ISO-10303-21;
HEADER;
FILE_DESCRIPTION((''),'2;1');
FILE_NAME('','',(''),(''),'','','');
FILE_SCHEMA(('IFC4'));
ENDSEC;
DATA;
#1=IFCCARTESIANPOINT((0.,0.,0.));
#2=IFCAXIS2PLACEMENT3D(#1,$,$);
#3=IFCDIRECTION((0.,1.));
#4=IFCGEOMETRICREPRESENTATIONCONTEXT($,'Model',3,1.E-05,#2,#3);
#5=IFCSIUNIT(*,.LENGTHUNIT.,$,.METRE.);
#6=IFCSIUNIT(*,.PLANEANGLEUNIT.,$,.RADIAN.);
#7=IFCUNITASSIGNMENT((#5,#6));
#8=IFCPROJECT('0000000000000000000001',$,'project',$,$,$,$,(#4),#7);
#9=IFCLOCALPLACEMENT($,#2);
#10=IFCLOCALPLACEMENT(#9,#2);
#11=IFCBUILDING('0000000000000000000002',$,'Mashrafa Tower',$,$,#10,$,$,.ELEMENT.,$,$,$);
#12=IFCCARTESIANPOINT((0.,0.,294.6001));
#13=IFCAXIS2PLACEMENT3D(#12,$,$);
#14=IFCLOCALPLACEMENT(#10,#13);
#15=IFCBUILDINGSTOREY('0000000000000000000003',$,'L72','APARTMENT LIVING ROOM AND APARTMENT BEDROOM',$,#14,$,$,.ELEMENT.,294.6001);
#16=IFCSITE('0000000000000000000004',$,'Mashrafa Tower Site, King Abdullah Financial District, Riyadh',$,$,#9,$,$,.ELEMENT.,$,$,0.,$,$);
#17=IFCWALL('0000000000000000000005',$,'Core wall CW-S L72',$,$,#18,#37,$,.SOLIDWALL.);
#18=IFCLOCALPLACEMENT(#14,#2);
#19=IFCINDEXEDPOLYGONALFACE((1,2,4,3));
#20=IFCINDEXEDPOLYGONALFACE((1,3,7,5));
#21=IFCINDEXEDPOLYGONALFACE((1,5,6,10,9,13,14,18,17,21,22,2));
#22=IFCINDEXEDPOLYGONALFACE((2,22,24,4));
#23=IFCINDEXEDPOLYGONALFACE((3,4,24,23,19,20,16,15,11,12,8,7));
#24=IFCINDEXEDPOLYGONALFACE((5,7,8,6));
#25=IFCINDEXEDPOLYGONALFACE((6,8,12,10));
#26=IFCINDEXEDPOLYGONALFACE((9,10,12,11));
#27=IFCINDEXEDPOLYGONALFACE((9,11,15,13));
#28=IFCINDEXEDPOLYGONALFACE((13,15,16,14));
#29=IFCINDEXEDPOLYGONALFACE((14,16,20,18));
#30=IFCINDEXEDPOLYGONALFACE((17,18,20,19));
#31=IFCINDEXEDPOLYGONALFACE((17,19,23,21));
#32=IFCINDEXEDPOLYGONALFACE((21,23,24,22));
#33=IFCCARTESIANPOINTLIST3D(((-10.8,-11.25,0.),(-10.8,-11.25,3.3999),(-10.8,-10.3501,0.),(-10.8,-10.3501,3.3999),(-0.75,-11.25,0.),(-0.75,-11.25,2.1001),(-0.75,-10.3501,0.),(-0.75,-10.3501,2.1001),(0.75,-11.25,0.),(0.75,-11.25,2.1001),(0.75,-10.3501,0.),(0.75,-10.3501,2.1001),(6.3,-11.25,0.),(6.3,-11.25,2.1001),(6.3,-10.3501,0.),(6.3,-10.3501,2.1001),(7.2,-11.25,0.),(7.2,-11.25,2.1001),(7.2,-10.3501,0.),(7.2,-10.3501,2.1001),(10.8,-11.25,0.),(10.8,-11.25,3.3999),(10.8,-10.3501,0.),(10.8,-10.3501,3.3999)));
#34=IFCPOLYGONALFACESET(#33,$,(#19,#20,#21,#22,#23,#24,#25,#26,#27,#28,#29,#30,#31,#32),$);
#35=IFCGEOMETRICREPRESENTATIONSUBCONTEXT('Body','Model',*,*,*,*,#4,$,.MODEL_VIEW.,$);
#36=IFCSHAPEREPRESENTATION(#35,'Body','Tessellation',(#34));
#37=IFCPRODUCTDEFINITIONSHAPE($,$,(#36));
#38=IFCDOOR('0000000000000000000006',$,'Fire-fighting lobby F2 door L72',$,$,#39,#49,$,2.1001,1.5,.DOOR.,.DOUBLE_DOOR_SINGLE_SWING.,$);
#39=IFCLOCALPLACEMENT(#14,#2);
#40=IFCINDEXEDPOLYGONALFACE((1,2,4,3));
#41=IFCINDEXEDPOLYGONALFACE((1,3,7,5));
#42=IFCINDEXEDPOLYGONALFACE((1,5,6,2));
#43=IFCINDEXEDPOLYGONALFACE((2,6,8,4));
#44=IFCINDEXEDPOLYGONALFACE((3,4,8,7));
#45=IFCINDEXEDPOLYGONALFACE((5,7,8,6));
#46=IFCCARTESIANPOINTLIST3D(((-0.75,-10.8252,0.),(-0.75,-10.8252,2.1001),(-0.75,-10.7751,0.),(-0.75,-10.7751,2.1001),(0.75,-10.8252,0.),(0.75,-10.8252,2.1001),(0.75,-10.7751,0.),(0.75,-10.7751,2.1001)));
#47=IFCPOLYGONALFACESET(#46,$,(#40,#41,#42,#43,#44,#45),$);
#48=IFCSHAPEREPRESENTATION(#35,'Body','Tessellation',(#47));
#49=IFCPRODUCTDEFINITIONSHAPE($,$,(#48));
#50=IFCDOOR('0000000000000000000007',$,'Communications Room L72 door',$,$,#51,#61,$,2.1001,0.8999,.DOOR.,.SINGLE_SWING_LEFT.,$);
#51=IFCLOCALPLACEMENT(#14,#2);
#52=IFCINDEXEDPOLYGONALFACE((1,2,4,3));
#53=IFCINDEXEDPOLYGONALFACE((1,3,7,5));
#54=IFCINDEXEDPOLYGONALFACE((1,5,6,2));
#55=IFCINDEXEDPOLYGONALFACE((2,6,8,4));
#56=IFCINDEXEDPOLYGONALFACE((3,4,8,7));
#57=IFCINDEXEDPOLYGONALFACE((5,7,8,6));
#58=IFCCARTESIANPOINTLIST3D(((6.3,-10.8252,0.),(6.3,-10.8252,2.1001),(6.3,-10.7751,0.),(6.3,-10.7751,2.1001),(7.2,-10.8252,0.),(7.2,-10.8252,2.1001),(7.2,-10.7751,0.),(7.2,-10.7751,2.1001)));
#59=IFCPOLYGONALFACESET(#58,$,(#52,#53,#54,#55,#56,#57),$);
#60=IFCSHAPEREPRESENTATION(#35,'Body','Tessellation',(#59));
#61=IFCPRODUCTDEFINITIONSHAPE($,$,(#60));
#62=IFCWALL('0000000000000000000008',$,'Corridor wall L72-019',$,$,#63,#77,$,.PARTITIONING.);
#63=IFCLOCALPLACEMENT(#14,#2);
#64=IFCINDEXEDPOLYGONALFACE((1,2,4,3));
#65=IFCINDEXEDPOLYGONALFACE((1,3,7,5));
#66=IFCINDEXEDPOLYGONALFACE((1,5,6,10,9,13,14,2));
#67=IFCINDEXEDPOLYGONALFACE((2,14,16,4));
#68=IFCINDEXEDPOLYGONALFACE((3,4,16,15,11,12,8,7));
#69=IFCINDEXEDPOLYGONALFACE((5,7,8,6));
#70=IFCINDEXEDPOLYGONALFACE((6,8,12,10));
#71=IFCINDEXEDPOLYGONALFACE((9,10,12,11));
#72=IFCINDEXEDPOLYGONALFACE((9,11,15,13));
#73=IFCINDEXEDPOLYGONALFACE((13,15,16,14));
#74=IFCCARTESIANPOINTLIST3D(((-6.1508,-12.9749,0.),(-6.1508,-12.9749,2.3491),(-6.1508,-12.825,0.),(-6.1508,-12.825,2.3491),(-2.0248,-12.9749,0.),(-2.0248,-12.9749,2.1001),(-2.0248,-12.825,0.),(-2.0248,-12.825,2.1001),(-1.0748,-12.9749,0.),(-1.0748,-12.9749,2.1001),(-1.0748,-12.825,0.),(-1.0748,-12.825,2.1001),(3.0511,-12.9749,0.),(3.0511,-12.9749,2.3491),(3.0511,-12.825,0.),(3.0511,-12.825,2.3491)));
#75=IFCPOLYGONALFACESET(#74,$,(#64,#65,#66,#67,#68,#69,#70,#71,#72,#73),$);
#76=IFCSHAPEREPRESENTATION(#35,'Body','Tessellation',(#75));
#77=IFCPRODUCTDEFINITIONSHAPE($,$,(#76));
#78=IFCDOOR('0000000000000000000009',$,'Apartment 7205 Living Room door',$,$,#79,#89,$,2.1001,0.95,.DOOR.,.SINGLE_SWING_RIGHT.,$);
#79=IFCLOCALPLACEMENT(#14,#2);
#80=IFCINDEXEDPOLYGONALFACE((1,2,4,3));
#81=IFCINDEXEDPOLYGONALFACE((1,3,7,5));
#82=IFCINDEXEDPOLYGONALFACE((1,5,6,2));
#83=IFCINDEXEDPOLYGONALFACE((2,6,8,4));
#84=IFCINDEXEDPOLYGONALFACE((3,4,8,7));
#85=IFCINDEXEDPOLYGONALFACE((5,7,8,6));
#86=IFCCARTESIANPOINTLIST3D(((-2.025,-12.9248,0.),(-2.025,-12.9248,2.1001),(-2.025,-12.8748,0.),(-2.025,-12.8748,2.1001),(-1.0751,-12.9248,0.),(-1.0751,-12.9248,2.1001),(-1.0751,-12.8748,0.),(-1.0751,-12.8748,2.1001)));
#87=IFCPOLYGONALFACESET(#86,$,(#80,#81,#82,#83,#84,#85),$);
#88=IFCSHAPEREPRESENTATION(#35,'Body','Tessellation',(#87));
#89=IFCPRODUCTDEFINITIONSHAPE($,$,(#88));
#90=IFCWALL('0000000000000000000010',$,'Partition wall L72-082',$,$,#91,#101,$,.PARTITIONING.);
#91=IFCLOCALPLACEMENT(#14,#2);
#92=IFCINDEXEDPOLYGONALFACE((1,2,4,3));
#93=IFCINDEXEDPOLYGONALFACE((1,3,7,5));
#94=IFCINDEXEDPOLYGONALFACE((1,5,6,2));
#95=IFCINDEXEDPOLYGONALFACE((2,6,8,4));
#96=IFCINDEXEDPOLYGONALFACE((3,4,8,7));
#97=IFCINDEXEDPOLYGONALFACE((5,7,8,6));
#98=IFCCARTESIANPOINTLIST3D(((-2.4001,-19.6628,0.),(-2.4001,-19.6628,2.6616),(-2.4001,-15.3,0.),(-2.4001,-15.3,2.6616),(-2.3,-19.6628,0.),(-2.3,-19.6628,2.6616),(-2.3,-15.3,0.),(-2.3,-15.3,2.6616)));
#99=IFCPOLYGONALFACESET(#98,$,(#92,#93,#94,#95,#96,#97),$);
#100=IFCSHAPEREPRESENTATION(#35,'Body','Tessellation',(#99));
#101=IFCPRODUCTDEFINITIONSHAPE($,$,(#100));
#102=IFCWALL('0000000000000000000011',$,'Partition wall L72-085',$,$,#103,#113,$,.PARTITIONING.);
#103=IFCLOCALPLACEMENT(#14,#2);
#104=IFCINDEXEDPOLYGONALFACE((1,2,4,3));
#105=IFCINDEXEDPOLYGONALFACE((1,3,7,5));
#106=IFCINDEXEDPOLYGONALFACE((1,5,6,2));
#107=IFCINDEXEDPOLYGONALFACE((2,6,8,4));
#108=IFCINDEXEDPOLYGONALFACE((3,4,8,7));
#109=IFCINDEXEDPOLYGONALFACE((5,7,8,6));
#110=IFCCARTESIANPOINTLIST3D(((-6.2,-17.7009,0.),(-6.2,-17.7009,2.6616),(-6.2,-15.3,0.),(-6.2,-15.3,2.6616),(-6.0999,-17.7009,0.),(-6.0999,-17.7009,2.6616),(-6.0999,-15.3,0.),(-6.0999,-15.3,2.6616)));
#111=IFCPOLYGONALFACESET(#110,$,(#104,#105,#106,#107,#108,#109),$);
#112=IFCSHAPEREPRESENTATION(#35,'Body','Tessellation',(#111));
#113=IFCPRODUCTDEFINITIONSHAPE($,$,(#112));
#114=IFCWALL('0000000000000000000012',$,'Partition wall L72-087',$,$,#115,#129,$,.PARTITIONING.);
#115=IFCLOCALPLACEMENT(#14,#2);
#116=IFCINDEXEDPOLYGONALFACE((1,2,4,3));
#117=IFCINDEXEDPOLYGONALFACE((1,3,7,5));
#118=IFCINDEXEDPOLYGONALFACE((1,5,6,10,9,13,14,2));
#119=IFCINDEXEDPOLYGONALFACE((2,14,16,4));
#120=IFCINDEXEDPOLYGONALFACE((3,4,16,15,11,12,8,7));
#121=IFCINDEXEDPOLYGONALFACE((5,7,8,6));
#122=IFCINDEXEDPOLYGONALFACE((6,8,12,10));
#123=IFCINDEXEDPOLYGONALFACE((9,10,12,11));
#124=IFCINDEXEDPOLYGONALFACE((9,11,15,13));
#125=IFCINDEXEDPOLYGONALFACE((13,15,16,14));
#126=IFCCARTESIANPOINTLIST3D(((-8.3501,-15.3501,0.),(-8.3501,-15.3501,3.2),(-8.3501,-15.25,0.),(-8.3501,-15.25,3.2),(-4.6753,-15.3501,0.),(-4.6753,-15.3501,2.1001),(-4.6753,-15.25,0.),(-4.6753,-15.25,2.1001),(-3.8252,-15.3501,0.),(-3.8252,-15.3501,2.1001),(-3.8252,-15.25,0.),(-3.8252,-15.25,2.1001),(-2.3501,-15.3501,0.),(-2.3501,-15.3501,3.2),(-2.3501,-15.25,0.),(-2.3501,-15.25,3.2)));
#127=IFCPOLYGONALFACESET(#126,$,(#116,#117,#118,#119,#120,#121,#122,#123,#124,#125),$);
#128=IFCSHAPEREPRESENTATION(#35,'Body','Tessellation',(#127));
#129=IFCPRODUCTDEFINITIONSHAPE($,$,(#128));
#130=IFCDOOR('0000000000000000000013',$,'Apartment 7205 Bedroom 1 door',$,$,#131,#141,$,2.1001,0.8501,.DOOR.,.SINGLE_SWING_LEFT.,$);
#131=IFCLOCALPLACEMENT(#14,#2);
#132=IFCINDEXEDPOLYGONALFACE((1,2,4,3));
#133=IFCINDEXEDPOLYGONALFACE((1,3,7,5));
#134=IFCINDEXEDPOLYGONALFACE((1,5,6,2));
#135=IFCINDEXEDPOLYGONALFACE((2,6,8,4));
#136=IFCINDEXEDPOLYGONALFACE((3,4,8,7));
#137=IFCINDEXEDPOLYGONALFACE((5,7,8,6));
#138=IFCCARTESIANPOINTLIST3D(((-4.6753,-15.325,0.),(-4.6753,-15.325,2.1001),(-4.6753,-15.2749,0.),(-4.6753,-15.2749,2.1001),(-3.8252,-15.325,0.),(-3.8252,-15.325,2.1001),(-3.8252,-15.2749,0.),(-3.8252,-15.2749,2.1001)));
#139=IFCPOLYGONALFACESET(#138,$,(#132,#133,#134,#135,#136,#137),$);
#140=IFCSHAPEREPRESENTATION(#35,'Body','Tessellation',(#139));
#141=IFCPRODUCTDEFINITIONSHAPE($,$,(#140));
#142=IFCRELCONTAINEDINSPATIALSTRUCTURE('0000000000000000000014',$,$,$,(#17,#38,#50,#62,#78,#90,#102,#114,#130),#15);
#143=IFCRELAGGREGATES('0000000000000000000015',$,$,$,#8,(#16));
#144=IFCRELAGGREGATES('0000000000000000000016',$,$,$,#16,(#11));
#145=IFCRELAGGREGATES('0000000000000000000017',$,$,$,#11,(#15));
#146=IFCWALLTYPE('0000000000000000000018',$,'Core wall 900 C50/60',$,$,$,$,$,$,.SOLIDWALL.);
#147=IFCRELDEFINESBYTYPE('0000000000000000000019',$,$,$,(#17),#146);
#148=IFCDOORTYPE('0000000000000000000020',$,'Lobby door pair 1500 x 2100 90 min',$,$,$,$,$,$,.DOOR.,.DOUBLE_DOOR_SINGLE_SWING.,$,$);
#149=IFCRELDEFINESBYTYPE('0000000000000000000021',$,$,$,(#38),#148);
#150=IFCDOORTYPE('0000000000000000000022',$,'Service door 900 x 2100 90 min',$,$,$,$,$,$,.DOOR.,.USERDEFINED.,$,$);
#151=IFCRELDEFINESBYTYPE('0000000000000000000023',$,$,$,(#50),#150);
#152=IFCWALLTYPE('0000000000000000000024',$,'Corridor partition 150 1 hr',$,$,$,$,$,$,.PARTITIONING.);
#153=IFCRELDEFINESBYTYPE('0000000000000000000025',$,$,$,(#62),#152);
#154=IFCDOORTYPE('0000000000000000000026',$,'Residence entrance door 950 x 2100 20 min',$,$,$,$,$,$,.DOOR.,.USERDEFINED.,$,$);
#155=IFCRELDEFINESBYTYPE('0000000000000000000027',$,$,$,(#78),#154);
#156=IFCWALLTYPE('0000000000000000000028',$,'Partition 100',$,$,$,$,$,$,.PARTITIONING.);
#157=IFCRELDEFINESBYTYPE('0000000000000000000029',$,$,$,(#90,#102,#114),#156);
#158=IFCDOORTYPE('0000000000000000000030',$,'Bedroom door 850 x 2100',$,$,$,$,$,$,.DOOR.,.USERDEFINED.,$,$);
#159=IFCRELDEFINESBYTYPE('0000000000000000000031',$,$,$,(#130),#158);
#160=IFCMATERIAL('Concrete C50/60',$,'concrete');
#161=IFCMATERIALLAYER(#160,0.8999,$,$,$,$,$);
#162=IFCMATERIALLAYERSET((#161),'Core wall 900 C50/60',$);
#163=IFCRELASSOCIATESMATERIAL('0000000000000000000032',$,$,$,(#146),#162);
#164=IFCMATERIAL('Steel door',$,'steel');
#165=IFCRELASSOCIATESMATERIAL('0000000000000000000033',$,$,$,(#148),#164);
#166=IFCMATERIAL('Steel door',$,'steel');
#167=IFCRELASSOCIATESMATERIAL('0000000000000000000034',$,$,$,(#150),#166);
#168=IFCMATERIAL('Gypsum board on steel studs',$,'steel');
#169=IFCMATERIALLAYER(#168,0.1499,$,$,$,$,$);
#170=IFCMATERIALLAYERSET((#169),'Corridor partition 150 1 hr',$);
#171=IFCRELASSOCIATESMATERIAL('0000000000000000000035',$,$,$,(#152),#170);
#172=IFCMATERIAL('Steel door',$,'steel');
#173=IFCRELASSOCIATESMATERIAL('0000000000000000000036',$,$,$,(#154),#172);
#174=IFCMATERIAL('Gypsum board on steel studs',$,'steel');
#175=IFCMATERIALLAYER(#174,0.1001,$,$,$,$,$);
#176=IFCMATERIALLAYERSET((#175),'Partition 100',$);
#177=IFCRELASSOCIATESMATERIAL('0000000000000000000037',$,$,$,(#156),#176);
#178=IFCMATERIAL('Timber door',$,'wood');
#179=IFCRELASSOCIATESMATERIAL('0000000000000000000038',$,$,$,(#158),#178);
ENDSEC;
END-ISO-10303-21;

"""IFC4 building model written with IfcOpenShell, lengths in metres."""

from ifc_helpers import new_model, si_unit, direction, frame, frame_2d, origin, place, context, subcontext, project, spatial, rectangle, extrude, material, layer, layer_set, type_object, element, fill, save


model = new_model("IFC4")

# Units and contexts
model_context = context("Model", 3, precision=1e-05, world=origin(), true_north=direction((0.0, 1.0)))
body_context = subcontext(model_context, "Body", "Model", "MODEL_VIEW")
ifc_project = project(units=[si_unit("LENGTHUNIT", "METRE"), si_unit("PLANEANGLEUNIT", "RADIAN")], contexts=[model_context])

# Site, building, storey
site_placement = place(None, origin())
site = spatial("IfcSite", under=ifc_project, at=site_placement, Name="Mashrafa Tower Site, King Abdullah Financial District, Riyadh", CompositionType="ELEMENT", RefElevation=0.0)
building_placement = place(site_placement, origin())
building = spatial("IfcBuilding", under=site, at=building_placement, Name="Mashrafa Tower", CompositionType="ELEMENT")
storey_placement = place(building_placement, frame((0.0, 0.0, 294.6001)))
storey = spatial("IfcBuildingStorey", under=building, at=storey_placement, Name="L72", Description="APARTMENT LIVING ROOM AND APARTMENT BEDROOM", CompositionType="ELEMENT", Elevation=294.6001)

# Wall, openings, doors
ifc_material_1 = material(Name="Concrete C50/60", Category="concrete")
ifc_layer_1 = layer(ifc_material_1, 0.8999)
ifc_layer_set_1 = layer_set([ifc_layer_1], Name="Core wall 900 C50/60")
wall_type_1 = type_object("IfcWallType", Name="Core wall 900 C50/60", PredefinedType="SOLIDWALL", material=ifc_layer_set_1)
wall_1_placement = place(storey_placement, frame((-10.8, -10.8, 0.0), z_axis=(0.0, 0.0, 1.0), x_axis=(1.0, 0.0, 0.0)))
wall_1 = element("IfcWall", 1, at=wall_1_placement, inside=storey, type_object=wall_type_1, Name="Core wall CW-S L72", PredefinedType="SOLIDWALL", context=body_context, shape_type="SweptSolid", body=[
    extrude(rectangle(XDim=21.6001, YDim=0.8999, at=frame_2d((10.8, 0.0))), origin(), (0.0, 0.0, 1.0), 3.3999),
])
opening_1_placement = place(wall_1_placement, frame((10.05, 0.0, 0.0)))
opening_1 = element("IfcOpeningElement", 2, at=opening_1_placement, cuts=wall_1, PredefinedType="OPENING", context=body_context, shape_type="SweptSolid", body=[
    extrude(rectangle(XDim=1.5, YDim=2.1001, at=frame_2d((0.75, 1.05))), frame((0.0, 0.46, 0.0), z_axis=(0.0, -1.0, 0.0), x_axis=(1.0, 0.0, 0.0)), (0.0, 0.0, 1.0), 0.9199),
])
opening_2_placement = place(wall_1_placement, frame((17.1001, 0.0, 0.0)))
opening_2 = element("IfcOpeningElement", 3, at=opening_2_placement, cuts=wall_1, PredefinedType="OPENING", context=body_context, shape_type="SweptSolid", body=[
    extrude(rectangle(XDim=0.8999, YDim=2.1001, at=frame_2d((0.45, 1.05))), frame((0.0, 0.46, 0.0), z_axis=(0.0, -1.0, 0.0), x_axis=(1.0, 0.0, 0.0)), (0.0, 0.0, 1.0), 0.9199),
])
ifc_material_2 = material(Name="Steel door", Category="steel")
door_type_1 = type_object("IfcDoorType", Name="Lobby door pair 1500 x 2100 90 min", OperationType="DOUBLE_DOOR_SINGLE_SWING", PredefinedType="DOOR", material=ifc_material_2)
door_1_placement = place(opening_1_placement, origin())
door_1 = element("IfcDoor", 4, at=door_1_placement, inside=storey, type_object=door_type_1, Name="Fire-fighting lobby F2 door L72", OperationType="DOUBLE_DOOR_SINGLE_SWING", OverallHeight=2.1001, OverallWidth=1.5, PredefinedType="DOOR", context=body_context, shape_type="SweptSolid", body=[
    extrude(rectangle(XDim=1.5, YDim=2.1001, at=frame_2d((0.75, 1.05))), frame((0.0, 0.0249, 0.0), z_axis=(0.0, -1.0, 0.0), x_axis=(1.0, 0.0, 0.0)), (0.0, 0.0, 1.0), 0.05),
])
fill(opening_1, door_1)
ifc_material_3 = material(Name="Steel door", Category="steel")
door_type_2 = type_object("IfcDoorType", Name="Service door 900 x 2100 90 min", OperationType="USERDEFINED", PredefinedType="DOOR", material=ifc_material_3)
door_2_placement = place(opening_2_placement, origin())
door_2 = element("IfcDoor", 5, at=door_2_placement, inside=storey, type_object=door_type_2, Name="Communications Room L72 door", OperationType="SINGLE_SWING_LEFT", OverallHeight=2.1001, OverallWidth=0.8999, PredefinedType="DOOR", context=body_context, shape_type="SweptSolid", body=[
    extrude(rectangle(XDim=0.8999, YDim=2.1001, at=frame_2d((0.45, 1.05))), frame((0.0, 0.0249, 0.0), z_axis=(0.0, -1.0, 0.0), x_axis=(1.0, 0.0, 0.0)), (0.0, 0.0, 1.0), 0.05),
])
fill(opening_2, door_2)

# Wall, opening, door
ifc_material_4 = material(Name="Gypsum board on steel studs", Category="steel")
ifc_layer_2 = layer(ifc_material_4, 0.1499)
ifc_layer_set_2 = layer_set([ifc_layer_2], Name="Corridor partition 150 1 hr")
wall_type_2 = type_object("IfcWallType", Name="Corridor partition 150 1 hr", PredefinedType="PARTITIONING", material=ifc_layer_set_2)
wall_2_placement = place(storey_placement, frame((-6.1509, -12.8999, 0.0), z_axis=(0.0, 0.0, 1.0), x_axis=(1.0, 0.0, 0.0)))
wall_2 = element("IfcWall", 6, at=wall_2_placement, inside=storey, type_object=wall_type_2, Name="Corridor wall L72-019", PredefinedType="PARTITIONING", context=body_context, shape_type="SweptSolid", body=[
    extrude(rectangle(XDim=9.2019, YDim=0.1499, at=frame_2d((4.6011, 0.0))), origin(), (0.0, 0.0, 1.0), 2.3491),
])
opening_3_placement = place(wall_2_placement, frame((4.126, 0.0, 0.0)))
opening_3 = element("IfcOpeningElement", 7, at=opening_3_placement, cuts=wall_2, PredefinedType="OPENING", context=body_context, shape_type="SweptSolid", body=[
    extrude(rectangle(XDim=0.95, YDim=2.1001, at=frame_2d((0.4751, 1.05))), frame((0.0, 0.085, 0.0), z_axis=(0.0, -1.0, 0.0), x_axis=(1.0, 0.0, 0.0)), (0.0, 0.0, 1.0), 0.1699),
])
ifc_material_5 = material(Name="Steel door", Category="steel")
door_type_3 = type_object("IfcDoorType", Name="Residence entrance door 950 x 2100 20 min", OperationType="USERDEFINED", PredefinedType="DOOR", material=ifc_material_5)
door_3_placement = place(opening_3_placement, frame((0.95, 0.0, 0.0), z_axis=(0.0, 0.0, 1.0), x_axis=(-1.0, 0.0, 0.0)))
door_3 = element("IfcDoor", 8, at=door_3_placement, inside=storey, type_object=door_type_3, Name="Apartment 7205 Living Room door", OperationType="SINGLE_SWING_RIGHT", OverallHeight=2.1001, OverallWidth=0.95, PredefinedType="DOOR", context=body_context, shape_type="SweptSolid", body=[
    extrude(rectangle(XDim=0.95, YDim=2.1001, at=frame_2d((0.4751, 1.05))), frame((0.0, 0.0249, 0.0), z_axis=(0.0, -1.0, 0.0), x_axis=(1.0, 0.0, 0.0)), (0.0, 0.0, 1.0), 0.05),
])
fill(opening_3, door_3)

# Walls
ifc_material_6 = material(Name="Gypsum board on steel studs", Category="steel")
ifc_layer_3 = layer(ifc_material_6, 0.1001)
ifc_layer_set_3 = layer_set([ifc_layer_3], Name="Partition 100")
wall_type_3 = type_object("IfcWallType", Name="Partition 100", PredefinedType="PARTITIONING", material=ifc_layer_set_3)
wall_3_placement = place(storey_placement, frame((-2.3501, -15.3, 0.0), z_axis=(0.0, 0.0, 1.0), x_axis=(0.0, -1.0, 0.0)))
element("IfcWall", 9, at=wall_3_placement, inside=storey, type_object=wall_type_3, Name="Partition wall L72-082", PredefinedType="PARTITIONING", context=body_context, shape_type="SweptSolid", body=[
    extrude(rectangle(XDim=4.3628, YDim=0.1001, at=frame_2d((2.1814, 0.0))), origin(), (0.0, 0.0, 1.0), 2.6616),
])
wall_4_placement = place(storey_placement, frame((-6.1499, -15.3, 0.0), z_axis=(0.0, 0.0, 1.0), x_axis=(0.0, -1.0, 0.0)))
element("IfcWall", 10, at=wall_4_placement, inside=storey, type_object=wall_type_3, Name="Partition wall L72-085", PredefinedType="PARTITIONING", context=body_context, shape_type="SweptSolid", body=[
    extrude(rectangle(XDim=2.4009, YDim=0.1001, at=frame_2d((1.2004, 0.0))), origin(), (0.0, 0.0, 1.0), 2.6616),
])

# Wall, opening, door
wall_5_placement = place(storey_placement, frame((-2.3501, -15.3, 0.0), z_axis=(0.0, 0.0, 1.0), x_axis=(-1.0, 0.0, 0.0)))
wall_5 = element("IfcWall", 11, at=wall_5_placement, inside=storey, type_object=wall_type_3, Name="Partition wall L72-087", PredefinedType="PARTITIONING", context=body_context, shape_type="SweptSolid", body=[
    extrude(rectangle(XDim=6.0, YDim=0.1001, at=frame_2d((3.0, 0.0))), origin(), (0.0, 0.0, 1.0), 3.2),
])
opening_4_placement = place(wall_5_placement, frame((1.4751, 0.0, 0.0)))
opening_4 = element("IfcOpeningElement", 12, at=opening_4_placement, cuts=wall_5, PredefinedType="OPENING", context=body_context, shape_type="SweptSolid", body=[
    extrude(rectangle(XDim=0.8501, YDim=2.1001, at=frame_2d((0.425, 1.05))), frame((0.0, 0.0601, 0.0), z_axis=(0.0, -1.0, 0.0), x_axis=(1.0, 0.0, 0.0)), (0.0, 0.0, 1.0), 0.1201),
])
ifc_material_7 = material(Name="Timber door", Category="wood")
door_type_4 = type_object("IfcDoorType", Name="Bedroom door 850 x 2100", OperationType="USERDEFINED", PredefinedType="DOOR", material=ifc_material_7)
door_4_placement = place(opening_4_placement, origin())
door_4 = element("IfcDoor", 13, at=door_4_placement, inside=storey, type_object=door_type_4, Name="Apartment 7205 Bedroom 1 door", OperationType="SINGLE_SWING_LEFT", OverallHeight=2.1001, OverallWidth=0.8501, PredefinedType="DOOR", context=body_context, shape_type="SweptSolid", body=[
    extrude(rectangle(XDim=0.8501, YDim=2.1001, at=frame_2d((0.425, 1.05))), frame((0.0, 0.0249, 0.0), z_axis=(0.0, -1.0, 0.0), x_axis=(1.0, 0.0, 0.0)), (0.0, 0.0, 1.0), 0.05),
])
fill(opening_4, door_4)

save(model, "model.ifc")
